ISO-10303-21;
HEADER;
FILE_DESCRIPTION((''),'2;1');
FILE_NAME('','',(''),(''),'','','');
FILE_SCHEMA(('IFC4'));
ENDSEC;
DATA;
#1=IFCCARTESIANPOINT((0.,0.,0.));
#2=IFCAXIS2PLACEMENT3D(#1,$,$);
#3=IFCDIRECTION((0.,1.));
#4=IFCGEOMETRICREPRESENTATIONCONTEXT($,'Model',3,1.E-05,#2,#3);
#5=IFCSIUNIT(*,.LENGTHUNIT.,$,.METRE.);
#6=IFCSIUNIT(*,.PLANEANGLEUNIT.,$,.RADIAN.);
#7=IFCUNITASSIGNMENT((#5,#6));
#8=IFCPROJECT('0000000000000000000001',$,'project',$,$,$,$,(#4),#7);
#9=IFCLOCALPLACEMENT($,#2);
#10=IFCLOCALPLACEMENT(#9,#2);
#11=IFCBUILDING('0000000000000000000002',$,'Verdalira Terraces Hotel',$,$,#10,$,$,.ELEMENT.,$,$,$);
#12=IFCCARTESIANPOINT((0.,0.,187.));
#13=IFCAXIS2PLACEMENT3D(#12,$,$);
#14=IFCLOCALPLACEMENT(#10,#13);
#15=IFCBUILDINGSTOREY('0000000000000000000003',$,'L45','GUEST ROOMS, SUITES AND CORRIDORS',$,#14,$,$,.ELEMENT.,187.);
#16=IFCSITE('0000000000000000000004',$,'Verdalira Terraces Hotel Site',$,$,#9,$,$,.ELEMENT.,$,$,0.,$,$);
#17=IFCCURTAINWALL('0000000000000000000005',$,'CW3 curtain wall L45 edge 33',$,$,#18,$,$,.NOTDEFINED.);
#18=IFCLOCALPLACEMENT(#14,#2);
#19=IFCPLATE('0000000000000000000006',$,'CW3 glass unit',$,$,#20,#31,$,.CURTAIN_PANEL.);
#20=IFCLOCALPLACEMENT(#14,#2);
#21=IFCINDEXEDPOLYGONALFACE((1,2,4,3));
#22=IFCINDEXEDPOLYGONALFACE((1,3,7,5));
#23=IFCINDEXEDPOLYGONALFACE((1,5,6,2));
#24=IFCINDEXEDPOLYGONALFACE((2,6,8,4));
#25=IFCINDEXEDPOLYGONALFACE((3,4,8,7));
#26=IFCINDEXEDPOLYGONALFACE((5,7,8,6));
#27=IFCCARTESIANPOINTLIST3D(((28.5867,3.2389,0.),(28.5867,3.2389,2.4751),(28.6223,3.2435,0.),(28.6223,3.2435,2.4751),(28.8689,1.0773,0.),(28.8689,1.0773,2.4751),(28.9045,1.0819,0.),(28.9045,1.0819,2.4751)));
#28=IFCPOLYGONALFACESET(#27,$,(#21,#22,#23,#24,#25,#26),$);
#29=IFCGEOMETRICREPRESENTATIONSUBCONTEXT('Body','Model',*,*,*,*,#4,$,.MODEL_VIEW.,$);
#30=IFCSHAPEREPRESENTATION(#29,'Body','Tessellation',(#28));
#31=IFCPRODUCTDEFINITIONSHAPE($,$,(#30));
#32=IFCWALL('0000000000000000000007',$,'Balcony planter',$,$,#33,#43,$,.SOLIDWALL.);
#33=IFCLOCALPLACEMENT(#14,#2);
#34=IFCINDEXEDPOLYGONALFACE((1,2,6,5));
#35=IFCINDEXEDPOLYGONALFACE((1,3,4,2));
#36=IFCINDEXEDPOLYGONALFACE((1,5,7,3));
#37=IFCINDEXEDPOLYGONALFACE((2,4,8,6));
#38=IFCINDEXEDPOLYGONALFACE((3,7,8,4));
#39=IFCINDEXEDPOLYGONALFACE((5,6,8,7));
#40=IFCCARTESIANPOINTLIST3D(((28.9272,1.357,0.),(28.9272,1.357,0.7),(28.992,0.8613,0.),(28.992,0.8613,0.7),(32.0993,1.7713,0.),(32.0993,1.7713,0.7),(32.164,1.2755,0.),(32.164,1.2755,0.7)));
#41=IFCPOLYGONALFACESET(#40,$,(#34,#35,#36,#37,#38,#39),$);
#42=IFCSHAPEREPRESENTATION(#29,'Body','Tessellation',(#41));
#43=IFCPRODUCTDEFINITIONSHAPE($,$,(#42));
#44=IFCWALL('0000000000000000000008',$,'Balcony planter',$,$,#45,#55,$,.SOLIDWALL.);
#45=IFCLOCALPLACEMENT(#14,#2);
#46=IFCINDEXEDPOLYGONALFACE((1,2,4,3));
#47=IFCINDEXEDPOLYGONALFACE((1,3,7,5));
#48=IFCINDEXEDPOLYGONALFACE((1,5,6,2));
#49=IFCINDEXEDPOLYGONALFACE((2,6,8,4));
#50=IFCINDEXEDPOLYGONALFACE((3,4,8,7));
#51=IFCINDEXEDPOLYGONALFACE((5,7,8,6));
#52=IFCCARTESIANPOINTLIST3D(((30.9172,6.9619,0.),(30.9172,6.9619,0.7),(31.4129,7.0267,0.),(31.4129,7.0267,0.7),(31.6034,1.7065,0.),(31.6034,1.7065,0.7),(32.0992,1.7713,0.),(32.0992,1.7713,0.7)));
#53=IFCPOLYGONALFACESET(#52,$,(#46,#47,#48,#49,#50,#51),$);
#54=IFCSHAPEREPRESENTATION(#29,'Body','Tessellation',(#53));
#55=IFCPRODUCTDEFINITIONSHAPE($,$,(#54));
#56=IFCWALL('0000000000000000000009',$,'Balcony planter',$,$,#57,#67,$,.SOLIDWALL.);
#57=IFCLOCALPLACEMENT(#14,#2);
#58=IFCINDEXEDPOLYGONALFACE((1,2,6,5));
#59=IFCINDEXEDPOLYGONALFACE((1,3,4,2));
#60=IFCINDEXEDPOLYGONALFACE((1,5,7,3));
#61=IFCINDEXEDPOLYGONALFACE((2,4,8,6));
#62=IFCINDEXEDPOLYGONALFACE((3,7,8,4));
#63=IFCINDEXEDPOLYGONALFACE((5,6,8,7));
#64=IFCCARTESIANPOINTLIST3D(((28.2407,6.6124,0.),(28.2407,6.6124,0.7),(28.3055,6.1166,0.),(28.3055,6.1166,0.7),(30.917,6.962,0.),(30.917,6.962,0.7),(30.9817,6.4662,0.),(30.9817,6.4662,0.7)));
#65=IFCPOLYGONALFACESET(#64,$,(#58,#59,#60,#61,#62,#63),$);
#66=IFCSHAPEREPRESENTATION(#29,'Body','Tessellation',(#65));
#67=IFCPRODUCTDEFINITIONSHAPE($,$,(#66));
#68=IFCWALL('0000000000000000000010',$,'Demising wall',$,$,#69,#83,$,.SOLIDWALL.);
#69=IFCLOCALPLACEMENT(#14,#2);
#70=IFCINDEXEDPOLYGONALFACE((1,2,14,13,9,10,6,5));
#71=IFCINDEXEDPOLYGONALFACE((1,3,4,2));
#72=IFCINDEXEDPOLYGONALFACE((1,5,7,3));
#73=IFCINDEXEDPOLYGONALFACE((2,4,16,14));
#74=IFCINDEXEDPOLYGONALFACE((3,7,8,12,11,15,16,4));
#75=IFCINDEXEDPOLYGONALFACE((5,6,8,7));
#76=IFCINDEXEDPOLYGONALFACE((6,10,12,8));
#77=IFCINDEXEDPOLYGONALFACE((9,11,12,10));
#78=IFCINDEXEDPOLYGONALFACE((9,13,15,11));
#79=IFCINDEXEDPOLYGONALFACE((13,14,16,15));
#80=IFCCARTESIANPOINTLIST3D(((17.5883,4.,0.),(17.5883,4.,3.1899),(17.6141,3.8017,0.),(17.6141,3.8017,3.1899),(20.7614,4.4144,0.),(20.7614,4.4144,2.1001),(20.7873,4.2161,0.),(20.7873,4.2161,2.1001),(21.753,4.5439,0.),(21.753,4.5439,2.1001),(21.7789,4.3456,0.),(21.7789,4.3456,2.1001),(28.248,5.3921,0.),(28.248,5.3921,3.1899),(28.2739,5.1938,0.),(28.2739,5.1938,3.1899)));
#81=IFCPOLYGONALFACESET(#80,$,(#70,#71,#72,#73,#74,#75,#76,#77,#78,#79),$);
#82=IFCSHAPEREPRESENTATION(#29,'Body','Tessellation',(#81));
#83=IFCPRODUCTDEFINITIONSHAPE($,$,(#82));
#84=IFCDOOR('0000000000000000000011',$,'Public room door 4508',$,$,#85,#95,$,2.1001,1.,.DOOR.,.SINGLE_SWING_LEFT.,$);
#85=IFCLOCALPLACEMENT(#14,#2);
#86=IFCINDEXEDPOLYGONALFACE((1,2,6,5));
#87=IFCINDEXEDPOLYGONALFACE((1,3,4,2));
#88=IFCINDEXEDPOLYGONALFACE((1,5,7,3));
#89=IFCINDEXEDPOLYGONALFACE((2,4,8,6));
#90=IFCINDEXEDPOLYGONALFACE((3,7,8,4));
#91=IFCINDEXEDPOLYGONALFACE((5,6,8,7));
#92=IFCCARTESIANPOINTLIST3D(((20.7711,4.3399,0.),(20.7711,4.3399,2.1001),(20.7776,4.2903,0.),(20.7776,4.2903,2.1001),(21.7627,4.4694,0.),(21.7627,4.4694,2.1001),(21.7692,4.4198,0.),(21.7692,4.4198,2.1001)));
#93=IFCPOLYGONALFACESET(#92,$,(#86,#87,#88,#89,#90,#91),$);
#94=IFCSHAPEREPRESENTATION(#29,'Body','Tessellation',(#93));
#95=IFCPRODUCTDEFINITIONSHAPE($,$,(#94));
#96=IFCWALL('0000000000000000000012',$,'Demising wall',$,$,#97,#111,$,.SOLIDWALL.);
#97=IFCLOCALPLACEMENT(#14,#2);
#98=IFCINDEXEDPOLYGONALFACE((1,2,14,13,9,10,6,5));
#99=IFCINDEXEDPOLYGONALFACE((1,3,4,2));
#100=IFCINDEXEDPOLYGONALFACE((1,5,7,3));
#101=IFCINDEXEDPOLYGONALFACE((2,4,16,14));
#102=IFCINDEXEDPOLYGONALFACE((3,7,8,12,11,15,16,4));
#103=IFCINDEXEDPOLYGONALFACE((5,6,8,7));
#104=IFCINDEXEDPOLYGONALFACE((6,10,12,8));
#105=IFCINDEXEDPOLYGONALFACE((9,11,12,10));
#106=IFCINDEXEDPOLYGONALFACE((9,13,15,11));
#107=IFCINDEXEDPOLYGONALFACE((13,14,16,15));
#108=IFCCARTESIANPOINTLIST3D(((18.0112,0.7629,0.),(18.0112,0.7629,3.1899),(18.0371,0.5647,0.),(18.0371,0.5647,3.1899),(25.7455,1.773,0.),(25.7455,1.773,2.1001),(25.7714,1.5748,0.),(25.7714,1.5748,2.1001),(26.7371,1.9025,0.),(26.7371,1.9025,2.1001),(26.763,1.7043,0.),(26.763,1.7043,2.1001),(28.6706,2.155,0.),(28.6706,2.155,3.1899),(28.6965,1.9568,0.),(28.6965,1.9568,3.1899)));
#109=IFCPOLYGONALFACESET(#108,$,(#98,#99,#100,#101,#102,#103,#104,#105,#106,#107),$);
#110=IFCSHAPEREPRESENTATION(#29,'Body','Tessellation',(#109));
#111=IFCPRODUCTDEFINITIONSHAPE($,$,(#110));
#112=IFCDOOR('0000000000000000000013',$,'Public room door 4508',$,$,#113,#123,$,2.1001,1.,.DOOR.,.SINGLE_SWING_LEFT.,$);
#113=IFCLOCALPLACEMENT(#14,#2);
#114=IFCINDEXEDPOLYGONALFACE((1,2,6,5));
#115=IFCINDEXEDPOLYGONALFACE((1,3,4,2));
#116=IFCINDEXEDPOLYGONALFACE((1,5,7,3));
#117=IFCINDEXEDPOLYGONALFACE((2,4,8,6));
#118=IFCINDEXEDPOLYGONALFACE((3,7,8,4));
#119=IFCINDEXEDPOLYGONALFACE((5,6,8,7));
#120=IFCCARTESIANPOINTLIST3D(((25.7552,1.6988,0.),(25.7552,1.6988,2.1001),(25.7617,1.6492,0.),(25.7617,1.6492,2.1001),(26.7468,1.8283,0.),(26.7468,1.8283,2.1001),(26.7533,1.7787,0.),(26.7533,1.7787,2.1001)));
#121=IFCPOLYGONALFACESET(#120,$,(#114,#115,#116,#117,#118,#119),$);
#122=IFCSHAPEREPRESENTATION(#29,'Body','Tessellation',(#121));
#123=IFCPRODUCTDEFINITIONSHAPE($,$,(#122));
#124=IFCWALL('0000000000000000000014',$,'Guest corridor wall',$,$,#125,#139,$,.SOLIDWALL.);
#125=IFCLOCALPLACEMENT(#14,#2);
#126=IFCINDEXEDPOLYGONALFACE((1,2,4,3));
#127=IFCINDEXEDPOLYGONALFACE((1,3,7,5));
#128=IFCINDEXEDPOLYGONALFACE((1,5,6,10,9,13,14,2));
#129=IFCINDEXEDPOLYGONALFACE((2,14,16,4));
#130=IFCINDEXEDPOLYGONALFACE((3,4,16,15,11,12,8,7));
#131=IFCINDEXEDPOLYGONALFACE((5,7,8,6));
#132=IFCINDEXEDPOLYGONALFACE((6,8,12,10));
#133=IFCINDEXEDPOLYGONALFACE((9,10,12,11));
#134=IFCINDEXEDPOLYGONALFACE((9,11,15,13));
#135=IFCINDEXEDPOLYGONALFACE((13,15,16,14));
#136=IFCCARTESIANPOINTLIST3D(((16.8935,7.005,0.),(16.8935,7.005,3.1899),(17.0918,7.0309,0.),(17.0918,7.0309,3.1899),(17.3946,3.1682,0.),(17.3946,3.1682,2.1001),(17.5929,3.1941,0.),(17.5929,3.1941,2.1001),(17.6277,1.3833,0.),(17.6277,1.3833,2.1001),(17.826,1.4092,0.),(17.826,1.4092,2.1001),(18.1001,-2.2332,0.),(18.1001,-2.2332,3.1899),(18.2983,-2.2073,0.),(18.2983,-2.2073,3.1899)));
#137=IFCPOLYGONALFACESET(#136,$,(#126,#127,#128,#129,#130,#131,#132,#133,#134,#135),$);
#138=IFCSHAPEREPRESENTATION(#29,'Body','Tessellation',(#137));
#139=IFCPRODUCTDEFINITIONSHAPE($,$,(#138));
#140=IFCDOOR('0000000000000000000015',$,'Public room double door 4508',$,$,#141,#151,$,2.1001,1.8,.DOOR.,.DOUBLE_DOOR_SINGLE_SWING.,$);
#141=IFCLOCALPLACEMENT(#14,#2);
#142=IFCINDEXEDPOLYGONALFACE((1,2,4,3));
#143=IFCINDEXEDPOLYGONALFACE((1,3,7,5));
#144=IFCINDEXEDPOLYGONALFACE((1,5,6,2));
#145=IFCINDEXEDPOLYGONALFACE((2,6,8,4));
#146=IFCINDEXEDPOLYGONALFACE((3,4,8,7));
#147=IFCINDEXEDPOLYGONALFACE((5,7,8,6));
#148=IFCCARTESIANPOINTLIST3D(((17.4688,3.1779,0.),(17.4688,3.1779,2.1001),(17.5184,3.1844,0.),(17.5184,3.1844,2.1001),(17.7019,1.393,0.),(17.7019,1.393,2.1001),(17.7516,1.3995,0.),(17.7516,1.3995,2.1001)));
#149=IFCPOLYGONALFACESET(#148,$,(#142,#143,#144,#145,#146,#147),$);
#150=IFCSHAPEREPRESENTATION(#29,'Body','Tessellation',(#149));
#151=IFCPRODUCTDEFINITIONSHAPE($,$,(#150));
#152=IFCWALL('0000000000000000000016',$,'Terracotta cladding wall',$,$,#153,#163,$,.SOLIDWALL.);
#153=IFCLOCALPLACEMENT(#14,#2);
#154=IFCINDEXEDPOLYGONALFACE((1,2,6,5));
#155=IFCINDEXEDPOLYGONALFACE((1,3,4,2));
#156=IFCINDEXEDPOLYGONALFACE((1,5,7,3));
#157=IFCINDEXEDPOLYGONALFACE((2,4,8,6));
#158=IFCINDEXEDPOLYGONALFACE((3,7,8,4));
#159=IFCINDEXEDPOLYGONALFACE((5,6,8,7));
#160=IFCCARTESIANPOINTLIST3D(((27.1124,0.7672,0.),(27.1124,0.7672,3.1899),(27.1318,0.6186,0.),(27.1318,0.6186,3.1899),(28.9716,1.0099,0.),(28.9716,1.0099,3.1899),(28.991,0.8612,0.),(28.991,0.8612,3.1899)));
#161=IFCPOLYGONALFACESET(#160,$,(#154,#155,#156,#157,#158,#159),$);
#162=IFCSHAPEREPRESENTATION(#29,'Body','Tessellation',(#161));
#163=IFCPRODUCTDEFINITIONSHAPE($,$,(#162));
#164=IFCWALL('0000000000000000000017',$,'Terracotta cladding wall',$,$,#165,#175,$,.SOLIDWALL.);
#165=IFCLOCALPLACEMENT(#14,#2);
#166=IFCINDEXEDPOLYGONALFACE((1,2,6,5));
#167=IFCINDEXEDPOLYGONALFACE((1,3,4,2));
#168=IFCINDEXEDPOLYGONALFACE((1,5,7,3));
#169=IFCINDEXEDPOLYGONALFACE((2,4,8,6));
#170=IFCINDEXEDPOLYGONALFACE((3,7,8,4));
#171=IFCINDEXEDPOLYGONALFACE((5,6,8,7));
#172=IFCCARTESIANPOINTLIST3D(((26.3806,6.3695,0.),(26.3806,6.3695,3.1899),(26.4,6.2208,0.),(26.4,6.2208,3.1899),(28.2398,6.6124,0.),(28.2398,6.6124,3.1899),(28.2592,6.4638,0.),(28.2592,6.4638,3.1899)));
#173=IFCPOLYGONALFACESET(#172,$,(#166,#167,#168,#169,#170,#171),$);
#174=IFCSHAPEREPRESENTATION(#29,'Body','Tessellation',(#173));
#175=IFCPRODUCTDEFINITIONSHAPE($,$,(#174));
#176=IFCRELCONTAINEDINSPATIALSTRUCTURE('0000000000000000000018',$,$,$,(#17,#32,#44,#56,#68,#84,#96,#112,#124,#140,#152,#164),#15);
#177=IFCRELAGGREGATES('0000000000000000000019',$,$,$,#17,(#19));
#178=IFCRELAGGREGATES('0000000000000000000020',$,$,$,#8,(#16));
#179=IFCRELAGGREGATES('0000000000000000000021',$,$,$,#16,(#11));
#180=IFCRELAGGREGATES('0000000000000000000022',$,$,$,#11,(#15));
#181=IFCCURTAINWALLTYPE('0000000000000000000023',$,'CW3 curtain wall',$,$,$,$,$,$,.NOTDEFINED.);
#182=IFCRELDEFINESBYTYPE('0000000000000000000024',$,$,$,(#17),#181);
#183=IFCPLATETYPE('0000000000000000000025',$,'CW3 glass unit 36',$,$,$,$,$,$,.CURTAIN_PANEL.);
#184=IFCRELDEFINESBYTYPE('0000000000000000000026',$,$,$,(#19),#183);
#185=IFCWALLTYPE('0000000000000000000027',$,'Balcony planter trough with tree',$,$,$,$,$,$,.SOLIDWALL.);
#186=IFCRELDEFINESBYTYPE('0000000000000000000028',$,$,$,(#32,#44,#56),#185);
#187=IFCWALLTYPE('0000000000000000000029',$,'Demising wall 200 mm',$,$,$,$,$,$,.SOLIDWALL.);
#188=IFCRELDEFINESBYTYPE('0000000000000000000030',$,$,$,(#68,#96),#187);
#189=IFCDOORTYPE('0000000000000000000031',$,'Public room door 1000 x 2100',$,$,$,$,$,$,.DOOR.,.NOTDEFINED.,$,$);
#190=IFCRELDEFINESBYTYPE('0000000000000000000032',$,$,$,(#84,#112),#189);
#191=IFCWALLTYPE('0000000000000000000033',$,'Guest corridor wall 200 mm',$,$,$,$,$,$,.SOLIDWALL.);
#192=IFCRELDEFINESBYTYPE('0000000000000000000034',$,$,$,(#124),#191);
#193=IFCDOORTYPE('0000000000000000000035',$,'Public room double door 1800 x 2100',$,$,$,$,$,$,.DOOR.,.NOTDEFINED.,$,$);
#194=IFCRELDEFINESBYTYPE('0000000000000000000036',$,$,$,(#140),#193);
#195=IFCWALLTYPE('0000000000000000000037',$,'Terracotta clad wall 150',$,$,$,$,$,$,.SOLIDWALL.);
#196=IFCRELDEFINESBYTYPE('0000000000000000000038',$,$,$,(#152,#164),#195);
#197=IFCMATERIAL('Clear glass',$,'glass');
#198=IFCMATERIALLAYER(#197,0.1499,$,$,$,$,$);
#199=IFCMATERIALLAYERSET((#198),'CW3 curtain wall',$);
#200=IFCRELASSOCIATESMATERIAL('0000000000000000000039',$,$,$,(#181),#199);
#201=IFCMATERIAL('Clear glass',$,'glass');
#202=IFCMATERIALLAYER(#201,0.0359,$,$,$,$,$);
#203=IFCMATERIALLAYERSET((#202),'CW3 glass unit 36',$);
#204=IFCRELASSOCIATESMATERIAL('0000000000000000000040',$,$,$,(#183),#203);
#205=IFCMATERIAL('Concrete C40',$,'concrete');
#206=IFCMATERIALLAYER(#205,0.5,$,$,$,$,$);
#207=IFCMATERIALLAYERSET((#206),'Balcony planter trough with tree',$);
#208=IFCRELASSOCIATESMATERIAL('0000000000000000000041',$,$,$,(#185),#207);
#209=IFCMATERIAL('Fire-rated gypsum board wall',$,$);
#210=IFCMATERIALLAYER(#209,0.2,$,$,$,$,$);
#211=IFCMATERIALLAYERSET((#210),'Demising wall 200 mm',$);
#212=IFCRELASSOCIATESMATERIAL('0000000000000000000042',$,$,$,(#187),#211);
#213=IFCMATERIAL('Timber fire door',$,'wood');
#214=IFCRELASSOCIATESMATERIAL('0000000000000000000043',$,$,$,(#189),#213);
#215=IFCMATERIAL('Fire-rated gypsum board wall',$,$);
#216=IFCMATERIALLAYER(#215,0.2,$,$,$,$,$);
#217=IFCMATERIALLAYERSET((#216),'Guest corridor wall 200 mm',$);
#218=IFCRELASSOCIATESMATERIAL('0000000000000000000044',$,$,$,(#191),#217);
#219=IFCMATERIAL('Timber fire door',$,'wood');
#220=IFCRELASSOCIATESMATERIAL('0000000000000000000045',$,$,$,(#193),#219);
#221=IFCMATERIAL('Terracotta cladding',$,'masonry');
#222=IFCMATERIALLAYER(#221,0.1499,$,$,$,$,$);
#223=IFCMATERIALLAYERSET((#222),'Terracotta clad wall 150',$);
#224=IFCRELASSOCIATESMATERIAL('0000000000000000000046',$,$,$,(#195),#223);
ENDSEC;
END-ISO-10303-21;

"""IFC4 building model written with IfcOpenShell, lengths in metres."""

from ifc_helpers import new_model, si_unit, direction, frame, frame_2d, origin, origin_2d, place, context, subcontext, project, spatial, rectangle, extrude, material, layer, layer_set, type_object, element, fill, aggregate, save


model = new_model("IFC4")

# Units and contexts
model_context = context("Model", 3, precision=1e-05, world=origin(), true_north=direction((0.0, 1.0)))
body_context = subcontext(model_context, "Body", "Model", "MODEL_VIEW")
ifc_project = project(units=[si_unit("LENGTHUNIT", "METRE"), si_unit("PLANEANGLEUNIT", "RADIAN")], contexts=[model_context])

# Site, building, storey
site_placement = place(None, origin())
site = spatial("IfcSite", under=ifc_project, at=site_placement, Name="Verdalira Terraces Hotel Site", CompositionType="ELEMENT", RefElevation=0.0)
building_placement = place(site_placement, origin())
building = spatial("IfcBuilding", under=site, at=building_placement, Name="Verdalira Terraces Hotel", CompositionType="ELEMENT")
storey_placement = place(building_placement, frame((0.0, 0.0, 187.0)))
storey = spatial("IfcBuildingStorey", under=building, at=storey_placement, Name="L45", Description="GUEST ROOMS, SUITES AND CORRIDORS", CompositionType="ELEMENT", Elevation=187.0)

# Curtain wall
ifc_material_1 = material(Name="Clear glass", Category="glass")
ifc_layer_1 = layer(ifc_material_1, 0.1499)
ifc_layer_set_1 = layer_set([ifc_layer_1], Name="CW3 curtain wall")
curtain_wall_type = type_object("IfcCurtainWallType", Name="CW3 curtain wall", PredefinedType="NOTDEFINED", material=ifc_layer_set_1)
curtain_wall_placement = place(storey_placement, origin())
curtain_wall = element("IfcCurtainWall", 1, at=curtain_wall_placement, inside=storey, type_object=curtain_wall_type, Name="CW3 curtain wall L45 edge 33", PredefinedType="NOTDEFINED")

# Plate
ifc_material_2 = material(Name="Clear glass", Category="glass")
ifc_layer_2 = layer(ifc_material_2, 0.0359)
ifc_layer_set_2 = layer_set([ifc_layer_2], Name="CW3 glass unit 36")
plate_type = type_object("IfcPlateType", Name="CW3 glass unit 36", PredefinedType="CURTAIN_PANEL", material=ifc_layer_set_2)
plate_placement = place(storey_placement, frame((28.7456, 2.1604, 0.0), z_axis=(0.0, 0.0, 1.0), x_axis=(-0.129488, 0.991581, 0.0)))
plate = element("IfcPlate", 2, at=plate_placement, type_object=plate_type, Name="CW3 glass unit", PredefinedType="CURTAIN_PANEL", context=body_context, shape_type="SweptSolid", body=[
    extrude(rectangle(XDim=2.1799, YDim=0.0359, at=origin_2d()), origin(), (0.0, 0.0, 1.0), 2.4751),
])
aggregate(curtain_wall, [plate])

# Walls
ifc_material_3 = material(Name="Concrete C40", Category="concrete")
ifc_layer_3 = layer(ifc_material_3, 0.5)
ifc_layer_set_3 = layer_set([ifc_layer_3], Name="Balcony planter trough with tree")
wall_type_1 = type_object("IfcWallType", Name="Balcony planter trough with tree", PredefinedType="SOLIDWALL", material=ifc_layer_set_3)
wall_1_placement = place(storey_placement, frame((28.9595, 1.1091, 0.0), z_axis=(0.0, 0.0, 1.0), x_axis=(0.991578, 0.129509, 0.0)))
element("IfcWall", 3, at=wall_1_placement, inside=storey, type_object=wall_type_1, Name="Balcony planter", PredefinedType="SOLIDWALL", context=body_context, shape_type="SweptSolid", body=[
    extrude(rectangle(XDim=3.199, YDim=0.5, at=frame_2d((1.5996, 0.0))), origin(), (0.0, 0.0, 1.0), 0.7),
])
wall_2_placement = place(storey_placement, frame((31.8513, 1.739, 0.0), z_axis=(0.0, 0.0, 1.0), x_axis=(-0.129487, 0.991581, 0.0)))
element("IfcWall", 4, at=wall_2_placement, inside=storey, type_object=wall_type_1, Name="Balcony planter", PredefinedType="SOLIDWALL", context=body_context, shape_type="SweptSolid", body=[
    extrude(rectangle(XDim=5.3, YDim=0.5, at=frame_2d((2.6499, 0.0))), origin(), (0.0, 0.0, 1.0), 0.7),
])
wall_3_placement = place(storey_placement, frame((30.9495, 6.7141, 0.0), z_axis=(0.0, 0.0, 1.0), x_axis=(-0.991575, -0.129533, 0.0)))
element("IfcWall", 5, at=wall_3_placement, inside=storey, type_object=wall_type_1, Name="Balcony planter", PredefinedType="SOLIDWALL", context=body_context, shape_type="SweptSolid", body=[
    extrude(rectangle(XDim=2.699, YDim=0.5, at=frame_2d((1.3496, 0.0))), origin(), (0.0, 0.0, 1.0), 0.7),
])

# Walls, openings, doors
ifc_material_4 = material(Name="Fire-rated gypsum board wall")
ifc_layer_4 = layer(ifc_material_4, 0.2)
ifc_layer_set_4 = layer_set([ifc_layer_4], Name="Demising wall 200 mm")
wall_type_2 = type_object("IfcWallType", Name="Demising wall 200 mm", PredefinedType="SOLIDWALL", material=ifc_layer_set_4)
wall_4_placement = place(storey_placement, frame((17.6013, 3.9009, 0.0), z_axis=(0.0, 0.0, 1.0), x_axis=(0.99158, 0.129495, 0.0)))
wall_4 = element("IfcWall", 6, at=wall_4_placement, inside=storey, type_object=wall_type_2, Name="Demising wall", PredefinedType="SOLIDWALL", context=body_context, shape_type="SweptSolid", body=[
    extrude(rectangle(XDim=10.7502, YDim=0.2, at=frame_2d((5.375, 0.0))), origin(), (0.0, 0.0, 1.0), 3.1899),
])
opening_1_placement = place(wall_4_placement, frame((3.2, 0.0, 0.0)))
opening_1 = element("IfcOpeningElement", 7, at=opening_1_placement, cuts=wall_4, PredefinedType="OPENING", context=body_context, shape_type="SweptSolid", body=[
    extrude(rectangle(XDim=1.0, YDim=2.1001, at=frame_2d((0.5, 1.05))), frame((0.0, 0.1099, 0.0), z_axis=(0.0, -1.0, 0.0), x_axis=(1.0, 0.0, 0.0)), (0.0, 0.0, 1.0), 0.22),
])
ifc_material_5 = material(Name="Timber fire door", Category="wood")
door_type_1 = type_object("IfcDoorType", Name="Public room door 1000 x 2100", OperationType="NOTDEFINED", PredefinedType="DOOR", material=ifc_material_5)
door_1_placement = place(opening_1_placement, origin())
door_1 = element("IfcDoor", 8, at=door_1_placement, inside=storey, type_object=door_type_1, Name="Public room door 4508", OperationType="SINGLE_SWING_LEFT", OverallHeight=2.1001, OverallWidth=1.0, PredefinedType="DOOR", context=body_context, shape_type="SweptSolid", body=[
    extrude(rectangle(XDim=1.0, YDim=2.1001, at=frame_2d((0.5, 1.05))), frame((0.0, 0.0249, 0.0), z_axis=(0.0, -1.0, 0.0), x_axis=(1.0, 0.0, 0.0)), (0.0, 0.0, 1.0), 0.05),
])
fill(opening_1, door_1)
wall_5_placement = place(storey_placement, frame((28.6836, 2.0559, 0.0), z_axis=(0.0, 0.0, 1.0), x_axis=(-0.99158, -0.129497, 0.0)))
wall_5 = element("IfcWall", 9, at=wall_5_placement, inside=storey, type_object=wall_type_2, Name="Demising wall", PredefinedType="SOLIDWALL", context=body_context, shape_type="SweptSolid", body=[
    extrude(rectangle(XDim=10.75, YDim=0.2, at=frame_2d((5.375, 0.0))), origin(), (0.0, 0.0, 1.0), 3.1899),
])
opening_2_placement = place(wall_5_placement, frame((1.95, 0.0, 0.0)))
opening_2 = element("IfcOpeningElement", 10, at=opening_2_placement, cuts=wall_5, PredefinedType="OPENING", context=body_context, shape_type="SweptSolid", body=[
    extrude(rectangle(XDim=1.0, YDim=2.1001, at=frame_2d((0.5, 1.05))), frame((0.0, 0.1099, 0.0), z_axis=(0.0, -1.0, 0.0), x_axis=(1.0, 0.0, 0.0)), (0.0, 0.0, 1.0), 0.22),
])
door_2_placement = place(opening_2_placement, origin())
door_2 = element("IfcDoor", 11, at=door_2_placement, inside=storey, type_object=door_type_1, Name="Public room door 4508", OperationType="SINGLE_SWING_LEFT", OverallHeight=2.1001, OverallWidth=1.0, PredefinedType="DOOR", context=body_context, shape_type="SweptSolid", body=[
    extrude(rectangle(XDim=1.0, YDim=2.1001, at=frame_2d((0.5, 1.05))), frame((0.0, 0.0249, 0.0), z_axis=(0.0, -1.0, 0.0), x_axis=(1.0, 0.0, 0.0)), (0.0, 0.0, 1.0), 0.05),
])
fill(opening_2, door_2)
ifc_material_6 = material(Name="Fire-rated gypsum board wall")
ifc_layer_5 = layer(ifc_material_6, 0.2)
ifc_layer_set_5 = layer_set([ifc_layer_5], Name="Guest corridor wall 200 mm")
wall_type_3 = type_object("IfcWallType", Name="Guest corridor wall 200 mm", PredefinedType="SOLIDWALL", material=ifc_layer_set_5)
wall_6_placement = place(storey_placement, frame((16.9927, 7.0178, 0.0), z_axis=(0.0, 0.0, 1.0), x_axis=(0.129503, -0.991579, 0.0)))
wall_6 = element("IfcWall", 12, at=wall_6_placement, inside=storey, type_object=wall_type_3, Name="Guest corridor wall", PredefinedType="SOLIDWALL", context=body_context, shape_type="SweptSolid", body=[
    extrude(rectangle(XDim=9.3166, YDim=0.2, at=frame_2d((4.6582, 0.0))), origin(), (0.0, 0.0, 1.0), 3.1899),
])
opening_3_placement = place(wall_6_placement, frame((3.8694, 0.0, 0.0)))
opening_3 = element("IfcOpeningElement", 13, at=opening_3_placement, cuts=wall_6, PredefinedType="OPENING", context=body_context, shape_type="SweptSolid", body=[
    extrude(rectangle(XDim=1.8, YDim=2.1001, at=frame_2d((0.8999, 1.05))), frame((0.0, 0.1099, 0.0), z_axis=(0.0, -1.0, 0.0), x_axis=(1.0, 0.0, 0.0)), (0.0, 0.0, 1.0), 0.22),
])
ifc_material_7 = material(Name="Timber fire door", Category="wood")
door_type_2 = type_object("IfcDoorType", Name="Public room double door 1800 x 2100", OperationType="NOTDEFINED", PredefinedType="DOOR", material=ifc_material_7)
door_3_placement = place(opening_3_placement, origin())
door_3 = element("IfcDoor", 14, at=door_3_placement, inside=storey, type_object=door_type_2, Name="Public room double door 4508", OperationType="DOUBLE_DOOR_SINGLE_SWING", OverallHeight=2.1001, OverallWidth=1.8, PredefinedType="DOOR", context=body_context, shape_type="SweptSolid", body=[
    extrude(rectangle(XDim=1.8, YDim=2.1001, at=frame_2d((0.8999, 1.05))), frame((0.0, 0.0249, 0.0), z_axis=(0.0, -1.0, 0.0), x_axis=(1.0, 0.0, 0.0)), (0.0, 0.0, 1.0), 0.05),
])
fill(opening_3, door_3)

# Walls
ifc_material_8 = material(Name="Terracotta cladding", Category="masonry")
ifc_layer_6 = layer(ifc_material_8, 0.1499)
ifc_layer_set_6 = layer_set([ifc_layer_6], Name="Terracotta clad wall 150")
wall_type_4 = type_object("IfcWallType", Name="Terracotta clad wall 150", PredefinedType="SOLIDWALL", material=ifc_layer_set_6)
for number, where, z_axis, x_axis, name in (
    (15, (27.1221, 0.6929, 0.0), (0.0, 0.0, 1.0), (0.991588, 0.129434, 0.0), "Terracotta cladding wall"),
    (16, (28.2495, 6.5381, 0.0), (0.0, 0.0, 1.0), (-0.991571, -0.129562, 0.0), "Terracotta cladding wall"),
):
    element("IfcWall", number, at=place(storey_placement, frame(where, z_axis=z_axis, x_axis=x_axis)), inside=storey, type_object=wall_type_4, Name=name, PredefinedType="SOLIDWALL", context=body_context, shape_type="SweptSolid", body=[
        extrude(rectangle(XDim=1.875, YDim=0.1499, at=frame_2d((0.9375, 0.0))), origin(), (0.0, 0.0, 1.0), 3.1899),
    ])

save(model, "model.ifc")
